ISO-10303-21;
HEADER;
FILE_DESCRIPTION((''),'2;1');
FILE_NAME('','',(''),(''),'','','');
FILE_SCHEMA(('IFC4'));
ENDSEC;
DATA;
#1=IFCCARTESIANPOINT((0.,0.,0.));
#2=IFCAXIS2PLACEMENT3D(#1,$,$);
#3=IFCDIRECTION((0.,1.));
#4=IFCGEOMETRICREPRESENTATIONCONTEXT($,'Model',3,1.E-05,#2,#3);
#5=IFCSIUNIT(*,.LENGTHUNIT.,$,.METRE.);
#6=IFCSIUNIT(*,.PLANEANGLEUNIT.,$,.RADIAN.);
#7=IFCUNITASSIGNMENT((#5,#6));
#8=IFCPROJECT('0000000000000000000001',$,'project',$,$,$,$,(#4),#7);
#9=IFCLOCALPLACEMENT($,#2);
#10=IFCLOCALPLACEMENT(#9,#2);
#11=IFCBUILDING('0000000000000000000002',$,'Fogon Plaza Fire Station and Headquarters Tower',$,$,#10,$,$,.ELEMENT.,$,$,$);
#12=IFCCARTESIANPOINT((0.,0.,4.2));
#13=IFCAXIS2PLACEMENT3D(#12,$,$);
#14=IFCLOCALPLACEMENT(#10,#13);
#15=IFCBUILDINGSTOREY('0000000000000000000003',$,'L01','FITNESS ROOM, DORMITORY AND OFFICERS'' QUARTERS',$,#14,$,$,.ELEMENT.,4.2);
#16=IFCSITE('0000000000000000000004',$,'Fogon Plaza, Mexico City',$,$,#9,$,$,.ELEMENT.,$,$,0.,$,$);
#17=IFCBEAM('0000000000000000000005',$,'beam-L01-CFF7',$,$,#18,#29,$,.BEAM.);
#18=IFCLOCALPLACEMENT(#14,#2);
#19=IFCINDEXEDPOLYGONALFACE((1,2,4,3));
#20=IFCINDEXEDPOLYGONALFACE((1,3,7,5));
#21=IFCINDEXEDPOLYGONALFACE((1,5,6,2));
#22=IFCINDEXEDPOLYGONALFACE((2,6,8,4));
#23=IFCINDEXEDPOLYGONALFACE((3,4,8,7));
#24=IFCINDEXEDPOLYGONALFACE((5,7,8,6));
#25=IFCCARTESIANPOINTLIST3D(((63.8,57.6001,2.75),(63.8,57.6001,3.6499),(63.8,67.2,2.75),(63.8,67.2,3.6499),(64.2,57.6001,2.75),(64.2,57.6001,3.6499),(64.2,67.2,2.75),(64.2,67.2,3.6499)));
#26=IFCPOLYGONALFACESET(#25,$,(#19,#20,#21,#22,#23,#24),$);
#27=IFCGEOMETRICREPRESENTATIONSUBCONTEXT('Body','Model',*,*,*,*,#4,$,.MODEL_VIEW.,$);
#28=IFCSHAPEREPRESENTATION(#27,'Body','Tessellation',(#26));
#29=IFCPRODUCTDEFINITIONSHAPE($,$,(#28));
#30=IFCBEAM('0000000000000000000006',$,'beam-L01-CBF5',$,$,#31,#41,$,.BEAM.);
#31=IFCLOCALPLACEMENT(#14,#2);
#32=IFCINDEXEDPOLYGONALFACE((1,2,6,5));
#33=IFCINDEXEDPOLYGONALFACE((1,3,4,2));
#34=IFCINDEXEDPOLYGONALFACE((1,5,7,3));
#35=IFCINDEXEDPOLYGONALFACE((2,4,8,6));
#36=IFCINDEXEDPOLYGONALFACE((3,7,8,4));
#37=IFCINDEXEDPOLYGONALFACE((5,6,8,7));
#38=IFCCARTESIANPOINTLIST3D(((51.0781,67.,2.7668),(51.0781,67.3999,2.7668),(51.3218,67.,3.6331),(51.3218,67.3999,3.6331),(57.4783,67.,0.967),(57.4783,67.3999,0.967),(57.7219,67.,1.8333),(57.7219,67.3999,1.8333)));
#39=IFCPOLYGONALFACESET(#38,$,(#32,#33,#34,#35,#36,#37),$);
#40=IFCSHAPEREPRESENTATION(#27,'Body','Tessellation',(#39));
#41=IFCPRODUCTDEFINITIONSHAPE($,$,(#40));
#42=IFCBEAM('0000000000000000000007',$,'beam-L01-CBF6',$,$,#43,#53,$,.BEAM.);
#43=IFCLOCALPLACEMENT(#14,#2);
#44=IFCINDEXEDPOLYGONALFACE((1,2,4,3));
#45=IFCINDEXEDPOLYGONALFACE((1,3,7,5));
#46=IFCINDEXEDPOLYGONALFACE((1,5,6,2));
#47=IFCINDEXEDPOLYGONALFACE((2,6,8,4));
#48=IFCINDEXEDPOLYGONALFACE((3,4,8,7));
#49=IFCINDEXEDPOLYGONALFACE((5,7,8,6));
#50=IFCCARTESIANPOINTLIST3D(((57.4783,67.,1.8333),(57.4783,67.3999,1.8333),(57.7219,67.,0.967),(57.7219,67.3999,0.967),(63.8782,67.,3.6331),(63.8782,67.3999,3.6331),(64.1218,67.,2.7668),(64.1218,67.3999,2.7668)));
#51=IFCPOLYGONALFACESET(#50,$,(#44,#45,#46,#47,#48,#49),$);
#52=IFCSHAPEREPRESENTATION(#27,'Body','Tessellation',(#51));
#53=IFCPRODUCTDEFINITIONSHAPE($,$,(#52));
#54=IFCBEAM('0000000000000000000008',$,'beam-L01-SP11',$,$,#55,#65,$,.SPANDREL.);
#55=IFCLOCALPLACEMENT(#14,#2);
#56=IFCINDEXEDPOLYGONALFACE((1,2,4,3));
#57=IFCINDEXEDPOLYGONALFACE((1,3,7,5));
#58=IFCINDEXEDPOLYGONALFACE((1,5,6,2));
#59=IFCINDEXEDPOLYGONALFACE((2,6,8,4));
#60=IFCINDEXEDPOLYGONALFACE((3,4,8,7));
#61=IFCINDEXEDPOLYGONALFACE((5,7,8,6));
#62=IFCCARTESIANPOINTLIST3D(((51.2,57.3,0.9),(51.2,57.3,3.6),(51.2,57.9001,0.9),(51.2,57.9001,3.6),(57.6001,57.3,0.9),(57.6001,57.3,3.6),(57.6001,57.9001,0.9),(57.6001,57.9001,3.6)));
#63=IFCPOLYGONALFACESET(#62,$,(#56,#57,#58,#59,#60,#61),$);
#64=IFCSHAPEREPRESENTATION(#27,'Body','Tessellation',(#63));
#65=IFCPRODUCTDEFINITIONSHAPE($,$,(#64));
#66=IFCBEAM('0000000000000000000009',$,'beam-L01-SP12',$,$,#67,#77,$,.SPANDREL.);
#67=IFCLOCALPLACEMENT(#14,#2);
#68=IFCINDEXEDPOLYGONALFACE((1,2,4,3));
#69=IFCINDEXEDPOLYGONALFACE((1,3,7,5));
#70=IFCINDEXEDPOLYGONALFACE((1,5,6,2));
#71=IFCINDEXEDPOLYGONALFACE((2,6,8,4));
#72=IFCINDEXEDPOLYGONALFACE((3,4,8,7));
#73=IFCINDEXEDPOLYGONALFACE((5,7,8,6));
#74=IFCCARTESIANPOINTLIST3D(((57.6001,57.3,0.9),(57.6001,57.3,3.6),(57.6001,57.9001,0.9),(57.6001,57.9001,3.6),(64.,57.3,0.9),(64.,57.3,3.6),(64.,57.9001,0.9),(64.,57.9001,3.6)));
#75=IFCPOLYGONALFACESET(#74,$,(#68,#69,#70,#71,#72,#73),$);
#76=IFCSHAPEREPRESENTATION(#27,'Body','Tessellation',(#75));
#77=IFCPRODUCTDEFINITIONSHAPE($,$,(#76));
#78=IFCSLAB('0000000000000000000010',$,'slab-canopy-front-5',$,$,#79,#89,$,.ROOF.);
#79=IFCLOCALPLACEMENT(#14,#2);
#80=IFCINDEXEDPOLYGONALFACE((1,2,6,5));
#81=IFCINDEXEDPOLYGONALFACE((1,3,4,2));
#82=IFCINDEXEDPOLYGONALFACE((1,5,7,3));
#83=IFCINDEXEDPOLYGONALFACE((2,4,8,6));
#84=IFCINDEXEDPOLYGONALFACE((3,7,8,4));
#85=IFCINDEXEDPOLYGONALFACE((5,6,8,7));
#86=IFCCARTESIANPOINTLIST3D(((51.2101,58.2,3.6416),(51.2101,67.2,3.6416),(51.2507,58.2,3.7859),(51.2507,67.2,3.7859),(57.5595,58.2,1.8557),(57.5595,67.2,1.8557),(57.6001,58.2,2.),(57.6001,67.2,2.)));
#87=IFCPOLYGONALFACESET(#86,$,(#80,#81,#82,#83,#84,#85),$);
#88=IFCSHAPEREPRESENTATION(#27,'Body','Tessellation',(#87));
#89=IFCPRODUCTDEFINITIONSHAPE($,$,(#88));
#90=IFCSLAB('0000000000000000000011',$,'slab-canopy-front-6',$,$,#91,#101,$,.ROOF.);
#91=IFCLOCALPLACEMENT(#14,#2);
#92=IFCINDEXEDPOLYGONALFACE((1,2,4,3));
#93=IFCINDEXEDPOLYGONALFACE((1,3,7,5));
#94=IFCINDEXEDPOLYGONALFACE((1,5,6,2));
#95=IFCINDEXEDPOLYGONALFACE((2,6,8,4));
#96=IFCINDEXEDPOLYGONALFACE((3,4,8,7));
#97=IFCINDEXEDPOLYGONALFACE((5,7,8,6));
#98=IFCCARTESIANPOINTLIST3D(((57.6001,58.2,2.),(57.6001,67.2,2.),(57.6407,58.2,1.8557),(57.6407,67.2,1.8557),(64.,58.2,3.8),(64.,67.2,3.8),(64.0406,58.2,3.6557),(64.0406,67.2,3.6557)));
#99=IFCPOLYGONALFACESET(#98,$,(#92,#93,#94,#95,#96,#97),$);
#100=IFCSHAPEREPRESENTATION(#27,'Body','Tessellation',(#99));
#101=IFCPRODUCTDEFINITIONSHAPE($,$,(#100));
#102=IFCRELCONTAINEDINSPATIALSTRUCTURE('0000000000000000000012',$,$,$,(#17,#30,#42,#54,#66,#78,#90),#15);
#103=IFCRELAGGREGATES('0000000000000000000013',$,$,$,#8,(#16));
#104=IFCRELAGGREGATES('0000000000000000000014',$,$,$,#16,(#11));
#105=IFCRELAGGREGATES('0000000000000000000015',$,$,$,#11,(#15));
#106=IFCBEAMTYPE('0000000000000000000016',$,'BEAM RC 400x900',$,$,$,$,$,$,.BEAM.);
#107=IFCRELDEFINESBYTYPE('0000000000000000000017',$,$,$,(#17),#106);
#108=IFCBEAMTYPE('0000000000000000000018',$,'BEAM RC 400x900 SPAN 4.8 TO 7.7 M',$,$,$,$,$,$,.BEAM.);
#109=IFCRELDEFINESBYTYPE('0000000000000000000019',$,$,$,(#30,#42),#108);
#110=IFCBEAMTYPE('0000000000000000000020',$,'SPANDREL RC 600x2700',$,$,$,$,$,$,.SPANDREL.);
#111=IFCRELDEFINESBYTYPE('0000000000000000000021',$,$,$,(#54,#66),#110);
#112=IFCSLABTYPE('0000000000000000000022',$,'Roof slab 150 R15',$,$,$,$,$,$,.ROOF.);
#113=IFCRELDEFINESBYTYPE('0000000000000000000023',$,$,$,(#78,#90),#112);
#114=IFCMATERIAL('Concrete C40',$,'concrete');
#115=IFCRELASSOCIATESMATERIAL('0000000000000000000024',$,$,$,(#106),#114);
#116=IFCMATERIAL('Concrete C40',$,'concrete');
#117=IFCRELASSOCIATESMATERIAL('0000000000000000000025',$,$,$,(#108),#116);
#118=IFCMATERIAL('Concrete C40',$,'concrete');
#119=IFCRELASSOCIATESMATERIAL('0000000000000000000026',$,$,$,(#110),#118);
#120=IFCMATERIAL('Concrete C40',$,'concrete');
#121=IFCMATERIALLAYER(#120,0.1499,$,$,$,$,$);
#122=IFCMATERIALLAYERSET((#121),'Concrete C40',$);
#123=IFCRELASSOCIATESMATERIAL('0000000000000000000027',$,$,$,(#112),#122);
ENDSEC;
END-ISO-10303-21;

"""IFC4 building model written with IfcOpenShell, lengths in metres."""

from ifc_helpers import new_model, si_unit, direction, frame, origin, origin_2d, place, context, subcontext, project, spatial, polyline, rectangle, outline, extrude, material, layer, layer_set, material_profile, profile_set, type_object, element, save


model = new_model("IFC4")

# Units and contexts
model_context = context("Model", 3, precision=1e-05, world=origin(), true_north=direction((0.0, 1.0)))
body_context = subcontext(model_context, "Body", "Model", "MODEL_VIEW")
ifc_project = project(units=[si_unit("LENGTHUNIT", "METRE"), si_unit("PLANEANGLEUNIT", "RADIAN")], contexts=[model_context])

# Site, building, storey
site_placement = place(None, origin())
site = spatial("IfcSite", under=ifc_project, at=site_placement, Name="Fogon Plaza, Mexico City", CompositionType="ELEMENT", RefElevation=0.0)
building_placement = place(site_placement, origin())
building = spatial("IfcBuilding", under=site, at=building_placement, Name="Fogon Plaza Fire Station and Headquarters Tower", CompositionType="ELEMENT")
storey_placement = place(building_placement, frame((0.0, 0.0, 4.2)))
storey = spatial("IfcBuildingStorey", under=building, at=storey_placement, Name="L01", Description="FITNESS ROOM, DORMITORY AND OFFICERS' QUARTERS", CompositionType="ELEMENT", Elevation=4.2)

# Beams
ifc_material_1 = material(Name="Concrete C40", Category="concrete")
ifc_material_profile_1 = material_profile(ifc_material_1, rectangle(XDim=0.3999, YDim=0.8999, at=origin_2d()), Name="RC 400x900")
ifc_profile_set_1 = profile_set([ifc_material_profile_1], Name="Concrete C40")
beam_type_1 = type_object("IfcBeamType", Name="BEAM RC 400x900", PredefinedType="BEAM", material=ifc_profile_set_1)
for number, where, z_axis, x_axis, name in (
    (1, (64.0, 57.6001, 3.2), (0.0, 1.0, 0.0), (-1.0, 0.0, 0.0), "beam-L01-CFF7"),
):
    element("IfcBeam", number, at=place(storey_placement, frame(where, z_axis=z_axis, x_axis=x_axis)), inside=storey, type_object=beam_type_1, Name=name, PredefinedType="BEAM", context=body_context, shape_type="SweptSolid", body=[
        extrude(rectangle(XDim=0.3999, YDim=0.8999, at=origin_2d()), origin(), (0.0, 0.0, 1.0), 9.5999),
    ])
ifc_material_2 = material(Name="Concrete C40", Category="concrete")
ifc_material_profile_2 = material_profile(ifc_material_2, rectangle(XDim=0.3999, YDim=0.8999, at=origin_2d()), Name="RC 400x900")
ifc_profile_set_2 = profile_set([ifc_material_profile_2], Name="Concrete C40")
beam_type_2 = type_object("IfcBeamType", Name="BEAM RC 400x900 SPAN 4.8 TO 7.7 M", PredefinedType="BEAM", material=ifc_profile_set_2)
beam_1_placement = place(storey_placement, frame((51.2, 67.2, 3.2), z_axis=(0.96266, 0.0, -0.270713), x_axis=(0.0, 1.0, 0.0)))
element("IfcBeam", 2, at=beam_1_placement, inside=storey, type_object=beam_type_2, Name="beam-L01-CBF5", PredefinedType="BEAM", context=body_context, shape_type="SweptSolid", body=[
    extrude(rectangle(XDim=0.3999, YDim=0.8999, at=origin_2d()), origin(), (0.0, 0.0, 1.0), 6.6484),
])
beam_2_placement = place(storey_placement, frame((57.6001, 67.2, 1.4001), z_axis=(0.962658, 0.0, 0.270722), x_axis=(0.0, 1.0, 0.0)))
element("IfcBeam", 3, at=beam_2_placement, inside=storey, type_object=beam_type_2, Name="beam-L01-CBF6", PredefinedType="BEAM", context=body_context, shape_type="SweptSolid", body=[
    extrude(rectangle(XDim=0.3999, YDim=0.8999, at=origin_2d()), origin(), (0.0, 0.0, 1.0), 6.6482),
])
ifc_material_3 = material(Name="Concrete C40", Category="concrete")
ifc_material_profile_3 = material_profile(ifc_material_3, rectangle(XDim=0.6001, YDim=2.7, at=origin_2d()), Name="RC 600x2700")
ifc_profile_set_3 = profile_set([ifc_material_profile_3], Name="Concrete C40")
beam_type_3 = type_object("IfcBeamType", Name="SPANDREL RC 600x2700", PredefinedType="SPANDREL", material=ifc_profile_set_3)
beam_3_placement = place(storey_placement, frame((51.2, 57.6001, 2.25), z_axis=(1.0, 0.0, 0.0), x_axis=(0.0, 1.0, 0.0)))
element("IfcBeam", 4, at=beam_3_placement, inside=storey, type_object=beam_type_3, Name="beam-L01-SP11", PredefinedType="SPANDREL", context=body_context, shape_type="SweptSolid", body=[
    extrude(rectangle(XDim=0.6001, YDim=2.7, at=origin_2d()), origin(), (0.0, 0.0, 1.0), 6.4001),
])
beam_4_placement = place(storey_placement, frame((57.6001, 57.6001, 2.25), z_axis=(1.0, 0.0, 0.0), x_axis=(0.0, 1.0, 0.0)))
element("IfcBeam", 5, at=beam_4_placement, inside=storey, type_object=beam_type_3, Name="beam-L01-SP12", PredefinedType="SPANDREL", context=body_context, shape_type="SweptSolid", body=[
    extrude(rectangle(XDim=0.6001, YDim=2.7, at=origin_2d()), origin(), (0.0, 0.0, 1.0), 6.3999),
])

# Slabs
ifc_material_4 = material(Name="Concrete C40", Category="concrete")
ifc_layer_1 = layer(ifc_material_4, 0.1499)
ifc_layer_set_1 = layer_set([ifc_layer_1], Name="Concrete C40")
slab_type = type_object("IfcSlabType", Name="Roof slab 150 R15", PredefinedType="ROOF", material=ifc_layer_set_1)
slab_1_placement = place(storey_placement, frame((51.2507, 58.2, 3.7859), z_axis=(0.270764, 0.0, 0.962646), x_axis=(0.962646, 0.0, -0.270764)))
element("IfcSlab", 6, at=slab_1_placement, inside=storey, type_object=slab_type, Name="slab-canopy-front-5", PredefinedType="ROOF", context=body_context, shape_type="SweptSolid", body=[
    extrude(outline(polyline([(0.0, 0.0), (6.5957, 0.0), (6.5957, 9.0), (0.0, 9.0), (0.0, 0.0)])), origin(), (0.0, 0.0, -1.0), 0.1499),
])
slab_2_placement = place(storey_placement, frame((57.6001, 58.2, 2.0), z_axis=(-0.270756, 0.0, 0.962648), x_axis=(0.962648, 0.0, 0.270756)))
element("IfcSlab", 7, at=slab_2_placement, inside=storey, type_object=slab_type, Name="slab-canopy-front-6", PredefinedType="ROOF", context=body_context, shape_type="SweptSolid", body=[
    extrude(outline(polyline([(0.0, 0.0), (6.6482, 0.0), (6.6482, 9.0), (0.0, 9.0), (0.0, 0.0)])), origin(), (0.0, 0.0, -1.0), 0.1499),
])

save(model, "model.ifc")
